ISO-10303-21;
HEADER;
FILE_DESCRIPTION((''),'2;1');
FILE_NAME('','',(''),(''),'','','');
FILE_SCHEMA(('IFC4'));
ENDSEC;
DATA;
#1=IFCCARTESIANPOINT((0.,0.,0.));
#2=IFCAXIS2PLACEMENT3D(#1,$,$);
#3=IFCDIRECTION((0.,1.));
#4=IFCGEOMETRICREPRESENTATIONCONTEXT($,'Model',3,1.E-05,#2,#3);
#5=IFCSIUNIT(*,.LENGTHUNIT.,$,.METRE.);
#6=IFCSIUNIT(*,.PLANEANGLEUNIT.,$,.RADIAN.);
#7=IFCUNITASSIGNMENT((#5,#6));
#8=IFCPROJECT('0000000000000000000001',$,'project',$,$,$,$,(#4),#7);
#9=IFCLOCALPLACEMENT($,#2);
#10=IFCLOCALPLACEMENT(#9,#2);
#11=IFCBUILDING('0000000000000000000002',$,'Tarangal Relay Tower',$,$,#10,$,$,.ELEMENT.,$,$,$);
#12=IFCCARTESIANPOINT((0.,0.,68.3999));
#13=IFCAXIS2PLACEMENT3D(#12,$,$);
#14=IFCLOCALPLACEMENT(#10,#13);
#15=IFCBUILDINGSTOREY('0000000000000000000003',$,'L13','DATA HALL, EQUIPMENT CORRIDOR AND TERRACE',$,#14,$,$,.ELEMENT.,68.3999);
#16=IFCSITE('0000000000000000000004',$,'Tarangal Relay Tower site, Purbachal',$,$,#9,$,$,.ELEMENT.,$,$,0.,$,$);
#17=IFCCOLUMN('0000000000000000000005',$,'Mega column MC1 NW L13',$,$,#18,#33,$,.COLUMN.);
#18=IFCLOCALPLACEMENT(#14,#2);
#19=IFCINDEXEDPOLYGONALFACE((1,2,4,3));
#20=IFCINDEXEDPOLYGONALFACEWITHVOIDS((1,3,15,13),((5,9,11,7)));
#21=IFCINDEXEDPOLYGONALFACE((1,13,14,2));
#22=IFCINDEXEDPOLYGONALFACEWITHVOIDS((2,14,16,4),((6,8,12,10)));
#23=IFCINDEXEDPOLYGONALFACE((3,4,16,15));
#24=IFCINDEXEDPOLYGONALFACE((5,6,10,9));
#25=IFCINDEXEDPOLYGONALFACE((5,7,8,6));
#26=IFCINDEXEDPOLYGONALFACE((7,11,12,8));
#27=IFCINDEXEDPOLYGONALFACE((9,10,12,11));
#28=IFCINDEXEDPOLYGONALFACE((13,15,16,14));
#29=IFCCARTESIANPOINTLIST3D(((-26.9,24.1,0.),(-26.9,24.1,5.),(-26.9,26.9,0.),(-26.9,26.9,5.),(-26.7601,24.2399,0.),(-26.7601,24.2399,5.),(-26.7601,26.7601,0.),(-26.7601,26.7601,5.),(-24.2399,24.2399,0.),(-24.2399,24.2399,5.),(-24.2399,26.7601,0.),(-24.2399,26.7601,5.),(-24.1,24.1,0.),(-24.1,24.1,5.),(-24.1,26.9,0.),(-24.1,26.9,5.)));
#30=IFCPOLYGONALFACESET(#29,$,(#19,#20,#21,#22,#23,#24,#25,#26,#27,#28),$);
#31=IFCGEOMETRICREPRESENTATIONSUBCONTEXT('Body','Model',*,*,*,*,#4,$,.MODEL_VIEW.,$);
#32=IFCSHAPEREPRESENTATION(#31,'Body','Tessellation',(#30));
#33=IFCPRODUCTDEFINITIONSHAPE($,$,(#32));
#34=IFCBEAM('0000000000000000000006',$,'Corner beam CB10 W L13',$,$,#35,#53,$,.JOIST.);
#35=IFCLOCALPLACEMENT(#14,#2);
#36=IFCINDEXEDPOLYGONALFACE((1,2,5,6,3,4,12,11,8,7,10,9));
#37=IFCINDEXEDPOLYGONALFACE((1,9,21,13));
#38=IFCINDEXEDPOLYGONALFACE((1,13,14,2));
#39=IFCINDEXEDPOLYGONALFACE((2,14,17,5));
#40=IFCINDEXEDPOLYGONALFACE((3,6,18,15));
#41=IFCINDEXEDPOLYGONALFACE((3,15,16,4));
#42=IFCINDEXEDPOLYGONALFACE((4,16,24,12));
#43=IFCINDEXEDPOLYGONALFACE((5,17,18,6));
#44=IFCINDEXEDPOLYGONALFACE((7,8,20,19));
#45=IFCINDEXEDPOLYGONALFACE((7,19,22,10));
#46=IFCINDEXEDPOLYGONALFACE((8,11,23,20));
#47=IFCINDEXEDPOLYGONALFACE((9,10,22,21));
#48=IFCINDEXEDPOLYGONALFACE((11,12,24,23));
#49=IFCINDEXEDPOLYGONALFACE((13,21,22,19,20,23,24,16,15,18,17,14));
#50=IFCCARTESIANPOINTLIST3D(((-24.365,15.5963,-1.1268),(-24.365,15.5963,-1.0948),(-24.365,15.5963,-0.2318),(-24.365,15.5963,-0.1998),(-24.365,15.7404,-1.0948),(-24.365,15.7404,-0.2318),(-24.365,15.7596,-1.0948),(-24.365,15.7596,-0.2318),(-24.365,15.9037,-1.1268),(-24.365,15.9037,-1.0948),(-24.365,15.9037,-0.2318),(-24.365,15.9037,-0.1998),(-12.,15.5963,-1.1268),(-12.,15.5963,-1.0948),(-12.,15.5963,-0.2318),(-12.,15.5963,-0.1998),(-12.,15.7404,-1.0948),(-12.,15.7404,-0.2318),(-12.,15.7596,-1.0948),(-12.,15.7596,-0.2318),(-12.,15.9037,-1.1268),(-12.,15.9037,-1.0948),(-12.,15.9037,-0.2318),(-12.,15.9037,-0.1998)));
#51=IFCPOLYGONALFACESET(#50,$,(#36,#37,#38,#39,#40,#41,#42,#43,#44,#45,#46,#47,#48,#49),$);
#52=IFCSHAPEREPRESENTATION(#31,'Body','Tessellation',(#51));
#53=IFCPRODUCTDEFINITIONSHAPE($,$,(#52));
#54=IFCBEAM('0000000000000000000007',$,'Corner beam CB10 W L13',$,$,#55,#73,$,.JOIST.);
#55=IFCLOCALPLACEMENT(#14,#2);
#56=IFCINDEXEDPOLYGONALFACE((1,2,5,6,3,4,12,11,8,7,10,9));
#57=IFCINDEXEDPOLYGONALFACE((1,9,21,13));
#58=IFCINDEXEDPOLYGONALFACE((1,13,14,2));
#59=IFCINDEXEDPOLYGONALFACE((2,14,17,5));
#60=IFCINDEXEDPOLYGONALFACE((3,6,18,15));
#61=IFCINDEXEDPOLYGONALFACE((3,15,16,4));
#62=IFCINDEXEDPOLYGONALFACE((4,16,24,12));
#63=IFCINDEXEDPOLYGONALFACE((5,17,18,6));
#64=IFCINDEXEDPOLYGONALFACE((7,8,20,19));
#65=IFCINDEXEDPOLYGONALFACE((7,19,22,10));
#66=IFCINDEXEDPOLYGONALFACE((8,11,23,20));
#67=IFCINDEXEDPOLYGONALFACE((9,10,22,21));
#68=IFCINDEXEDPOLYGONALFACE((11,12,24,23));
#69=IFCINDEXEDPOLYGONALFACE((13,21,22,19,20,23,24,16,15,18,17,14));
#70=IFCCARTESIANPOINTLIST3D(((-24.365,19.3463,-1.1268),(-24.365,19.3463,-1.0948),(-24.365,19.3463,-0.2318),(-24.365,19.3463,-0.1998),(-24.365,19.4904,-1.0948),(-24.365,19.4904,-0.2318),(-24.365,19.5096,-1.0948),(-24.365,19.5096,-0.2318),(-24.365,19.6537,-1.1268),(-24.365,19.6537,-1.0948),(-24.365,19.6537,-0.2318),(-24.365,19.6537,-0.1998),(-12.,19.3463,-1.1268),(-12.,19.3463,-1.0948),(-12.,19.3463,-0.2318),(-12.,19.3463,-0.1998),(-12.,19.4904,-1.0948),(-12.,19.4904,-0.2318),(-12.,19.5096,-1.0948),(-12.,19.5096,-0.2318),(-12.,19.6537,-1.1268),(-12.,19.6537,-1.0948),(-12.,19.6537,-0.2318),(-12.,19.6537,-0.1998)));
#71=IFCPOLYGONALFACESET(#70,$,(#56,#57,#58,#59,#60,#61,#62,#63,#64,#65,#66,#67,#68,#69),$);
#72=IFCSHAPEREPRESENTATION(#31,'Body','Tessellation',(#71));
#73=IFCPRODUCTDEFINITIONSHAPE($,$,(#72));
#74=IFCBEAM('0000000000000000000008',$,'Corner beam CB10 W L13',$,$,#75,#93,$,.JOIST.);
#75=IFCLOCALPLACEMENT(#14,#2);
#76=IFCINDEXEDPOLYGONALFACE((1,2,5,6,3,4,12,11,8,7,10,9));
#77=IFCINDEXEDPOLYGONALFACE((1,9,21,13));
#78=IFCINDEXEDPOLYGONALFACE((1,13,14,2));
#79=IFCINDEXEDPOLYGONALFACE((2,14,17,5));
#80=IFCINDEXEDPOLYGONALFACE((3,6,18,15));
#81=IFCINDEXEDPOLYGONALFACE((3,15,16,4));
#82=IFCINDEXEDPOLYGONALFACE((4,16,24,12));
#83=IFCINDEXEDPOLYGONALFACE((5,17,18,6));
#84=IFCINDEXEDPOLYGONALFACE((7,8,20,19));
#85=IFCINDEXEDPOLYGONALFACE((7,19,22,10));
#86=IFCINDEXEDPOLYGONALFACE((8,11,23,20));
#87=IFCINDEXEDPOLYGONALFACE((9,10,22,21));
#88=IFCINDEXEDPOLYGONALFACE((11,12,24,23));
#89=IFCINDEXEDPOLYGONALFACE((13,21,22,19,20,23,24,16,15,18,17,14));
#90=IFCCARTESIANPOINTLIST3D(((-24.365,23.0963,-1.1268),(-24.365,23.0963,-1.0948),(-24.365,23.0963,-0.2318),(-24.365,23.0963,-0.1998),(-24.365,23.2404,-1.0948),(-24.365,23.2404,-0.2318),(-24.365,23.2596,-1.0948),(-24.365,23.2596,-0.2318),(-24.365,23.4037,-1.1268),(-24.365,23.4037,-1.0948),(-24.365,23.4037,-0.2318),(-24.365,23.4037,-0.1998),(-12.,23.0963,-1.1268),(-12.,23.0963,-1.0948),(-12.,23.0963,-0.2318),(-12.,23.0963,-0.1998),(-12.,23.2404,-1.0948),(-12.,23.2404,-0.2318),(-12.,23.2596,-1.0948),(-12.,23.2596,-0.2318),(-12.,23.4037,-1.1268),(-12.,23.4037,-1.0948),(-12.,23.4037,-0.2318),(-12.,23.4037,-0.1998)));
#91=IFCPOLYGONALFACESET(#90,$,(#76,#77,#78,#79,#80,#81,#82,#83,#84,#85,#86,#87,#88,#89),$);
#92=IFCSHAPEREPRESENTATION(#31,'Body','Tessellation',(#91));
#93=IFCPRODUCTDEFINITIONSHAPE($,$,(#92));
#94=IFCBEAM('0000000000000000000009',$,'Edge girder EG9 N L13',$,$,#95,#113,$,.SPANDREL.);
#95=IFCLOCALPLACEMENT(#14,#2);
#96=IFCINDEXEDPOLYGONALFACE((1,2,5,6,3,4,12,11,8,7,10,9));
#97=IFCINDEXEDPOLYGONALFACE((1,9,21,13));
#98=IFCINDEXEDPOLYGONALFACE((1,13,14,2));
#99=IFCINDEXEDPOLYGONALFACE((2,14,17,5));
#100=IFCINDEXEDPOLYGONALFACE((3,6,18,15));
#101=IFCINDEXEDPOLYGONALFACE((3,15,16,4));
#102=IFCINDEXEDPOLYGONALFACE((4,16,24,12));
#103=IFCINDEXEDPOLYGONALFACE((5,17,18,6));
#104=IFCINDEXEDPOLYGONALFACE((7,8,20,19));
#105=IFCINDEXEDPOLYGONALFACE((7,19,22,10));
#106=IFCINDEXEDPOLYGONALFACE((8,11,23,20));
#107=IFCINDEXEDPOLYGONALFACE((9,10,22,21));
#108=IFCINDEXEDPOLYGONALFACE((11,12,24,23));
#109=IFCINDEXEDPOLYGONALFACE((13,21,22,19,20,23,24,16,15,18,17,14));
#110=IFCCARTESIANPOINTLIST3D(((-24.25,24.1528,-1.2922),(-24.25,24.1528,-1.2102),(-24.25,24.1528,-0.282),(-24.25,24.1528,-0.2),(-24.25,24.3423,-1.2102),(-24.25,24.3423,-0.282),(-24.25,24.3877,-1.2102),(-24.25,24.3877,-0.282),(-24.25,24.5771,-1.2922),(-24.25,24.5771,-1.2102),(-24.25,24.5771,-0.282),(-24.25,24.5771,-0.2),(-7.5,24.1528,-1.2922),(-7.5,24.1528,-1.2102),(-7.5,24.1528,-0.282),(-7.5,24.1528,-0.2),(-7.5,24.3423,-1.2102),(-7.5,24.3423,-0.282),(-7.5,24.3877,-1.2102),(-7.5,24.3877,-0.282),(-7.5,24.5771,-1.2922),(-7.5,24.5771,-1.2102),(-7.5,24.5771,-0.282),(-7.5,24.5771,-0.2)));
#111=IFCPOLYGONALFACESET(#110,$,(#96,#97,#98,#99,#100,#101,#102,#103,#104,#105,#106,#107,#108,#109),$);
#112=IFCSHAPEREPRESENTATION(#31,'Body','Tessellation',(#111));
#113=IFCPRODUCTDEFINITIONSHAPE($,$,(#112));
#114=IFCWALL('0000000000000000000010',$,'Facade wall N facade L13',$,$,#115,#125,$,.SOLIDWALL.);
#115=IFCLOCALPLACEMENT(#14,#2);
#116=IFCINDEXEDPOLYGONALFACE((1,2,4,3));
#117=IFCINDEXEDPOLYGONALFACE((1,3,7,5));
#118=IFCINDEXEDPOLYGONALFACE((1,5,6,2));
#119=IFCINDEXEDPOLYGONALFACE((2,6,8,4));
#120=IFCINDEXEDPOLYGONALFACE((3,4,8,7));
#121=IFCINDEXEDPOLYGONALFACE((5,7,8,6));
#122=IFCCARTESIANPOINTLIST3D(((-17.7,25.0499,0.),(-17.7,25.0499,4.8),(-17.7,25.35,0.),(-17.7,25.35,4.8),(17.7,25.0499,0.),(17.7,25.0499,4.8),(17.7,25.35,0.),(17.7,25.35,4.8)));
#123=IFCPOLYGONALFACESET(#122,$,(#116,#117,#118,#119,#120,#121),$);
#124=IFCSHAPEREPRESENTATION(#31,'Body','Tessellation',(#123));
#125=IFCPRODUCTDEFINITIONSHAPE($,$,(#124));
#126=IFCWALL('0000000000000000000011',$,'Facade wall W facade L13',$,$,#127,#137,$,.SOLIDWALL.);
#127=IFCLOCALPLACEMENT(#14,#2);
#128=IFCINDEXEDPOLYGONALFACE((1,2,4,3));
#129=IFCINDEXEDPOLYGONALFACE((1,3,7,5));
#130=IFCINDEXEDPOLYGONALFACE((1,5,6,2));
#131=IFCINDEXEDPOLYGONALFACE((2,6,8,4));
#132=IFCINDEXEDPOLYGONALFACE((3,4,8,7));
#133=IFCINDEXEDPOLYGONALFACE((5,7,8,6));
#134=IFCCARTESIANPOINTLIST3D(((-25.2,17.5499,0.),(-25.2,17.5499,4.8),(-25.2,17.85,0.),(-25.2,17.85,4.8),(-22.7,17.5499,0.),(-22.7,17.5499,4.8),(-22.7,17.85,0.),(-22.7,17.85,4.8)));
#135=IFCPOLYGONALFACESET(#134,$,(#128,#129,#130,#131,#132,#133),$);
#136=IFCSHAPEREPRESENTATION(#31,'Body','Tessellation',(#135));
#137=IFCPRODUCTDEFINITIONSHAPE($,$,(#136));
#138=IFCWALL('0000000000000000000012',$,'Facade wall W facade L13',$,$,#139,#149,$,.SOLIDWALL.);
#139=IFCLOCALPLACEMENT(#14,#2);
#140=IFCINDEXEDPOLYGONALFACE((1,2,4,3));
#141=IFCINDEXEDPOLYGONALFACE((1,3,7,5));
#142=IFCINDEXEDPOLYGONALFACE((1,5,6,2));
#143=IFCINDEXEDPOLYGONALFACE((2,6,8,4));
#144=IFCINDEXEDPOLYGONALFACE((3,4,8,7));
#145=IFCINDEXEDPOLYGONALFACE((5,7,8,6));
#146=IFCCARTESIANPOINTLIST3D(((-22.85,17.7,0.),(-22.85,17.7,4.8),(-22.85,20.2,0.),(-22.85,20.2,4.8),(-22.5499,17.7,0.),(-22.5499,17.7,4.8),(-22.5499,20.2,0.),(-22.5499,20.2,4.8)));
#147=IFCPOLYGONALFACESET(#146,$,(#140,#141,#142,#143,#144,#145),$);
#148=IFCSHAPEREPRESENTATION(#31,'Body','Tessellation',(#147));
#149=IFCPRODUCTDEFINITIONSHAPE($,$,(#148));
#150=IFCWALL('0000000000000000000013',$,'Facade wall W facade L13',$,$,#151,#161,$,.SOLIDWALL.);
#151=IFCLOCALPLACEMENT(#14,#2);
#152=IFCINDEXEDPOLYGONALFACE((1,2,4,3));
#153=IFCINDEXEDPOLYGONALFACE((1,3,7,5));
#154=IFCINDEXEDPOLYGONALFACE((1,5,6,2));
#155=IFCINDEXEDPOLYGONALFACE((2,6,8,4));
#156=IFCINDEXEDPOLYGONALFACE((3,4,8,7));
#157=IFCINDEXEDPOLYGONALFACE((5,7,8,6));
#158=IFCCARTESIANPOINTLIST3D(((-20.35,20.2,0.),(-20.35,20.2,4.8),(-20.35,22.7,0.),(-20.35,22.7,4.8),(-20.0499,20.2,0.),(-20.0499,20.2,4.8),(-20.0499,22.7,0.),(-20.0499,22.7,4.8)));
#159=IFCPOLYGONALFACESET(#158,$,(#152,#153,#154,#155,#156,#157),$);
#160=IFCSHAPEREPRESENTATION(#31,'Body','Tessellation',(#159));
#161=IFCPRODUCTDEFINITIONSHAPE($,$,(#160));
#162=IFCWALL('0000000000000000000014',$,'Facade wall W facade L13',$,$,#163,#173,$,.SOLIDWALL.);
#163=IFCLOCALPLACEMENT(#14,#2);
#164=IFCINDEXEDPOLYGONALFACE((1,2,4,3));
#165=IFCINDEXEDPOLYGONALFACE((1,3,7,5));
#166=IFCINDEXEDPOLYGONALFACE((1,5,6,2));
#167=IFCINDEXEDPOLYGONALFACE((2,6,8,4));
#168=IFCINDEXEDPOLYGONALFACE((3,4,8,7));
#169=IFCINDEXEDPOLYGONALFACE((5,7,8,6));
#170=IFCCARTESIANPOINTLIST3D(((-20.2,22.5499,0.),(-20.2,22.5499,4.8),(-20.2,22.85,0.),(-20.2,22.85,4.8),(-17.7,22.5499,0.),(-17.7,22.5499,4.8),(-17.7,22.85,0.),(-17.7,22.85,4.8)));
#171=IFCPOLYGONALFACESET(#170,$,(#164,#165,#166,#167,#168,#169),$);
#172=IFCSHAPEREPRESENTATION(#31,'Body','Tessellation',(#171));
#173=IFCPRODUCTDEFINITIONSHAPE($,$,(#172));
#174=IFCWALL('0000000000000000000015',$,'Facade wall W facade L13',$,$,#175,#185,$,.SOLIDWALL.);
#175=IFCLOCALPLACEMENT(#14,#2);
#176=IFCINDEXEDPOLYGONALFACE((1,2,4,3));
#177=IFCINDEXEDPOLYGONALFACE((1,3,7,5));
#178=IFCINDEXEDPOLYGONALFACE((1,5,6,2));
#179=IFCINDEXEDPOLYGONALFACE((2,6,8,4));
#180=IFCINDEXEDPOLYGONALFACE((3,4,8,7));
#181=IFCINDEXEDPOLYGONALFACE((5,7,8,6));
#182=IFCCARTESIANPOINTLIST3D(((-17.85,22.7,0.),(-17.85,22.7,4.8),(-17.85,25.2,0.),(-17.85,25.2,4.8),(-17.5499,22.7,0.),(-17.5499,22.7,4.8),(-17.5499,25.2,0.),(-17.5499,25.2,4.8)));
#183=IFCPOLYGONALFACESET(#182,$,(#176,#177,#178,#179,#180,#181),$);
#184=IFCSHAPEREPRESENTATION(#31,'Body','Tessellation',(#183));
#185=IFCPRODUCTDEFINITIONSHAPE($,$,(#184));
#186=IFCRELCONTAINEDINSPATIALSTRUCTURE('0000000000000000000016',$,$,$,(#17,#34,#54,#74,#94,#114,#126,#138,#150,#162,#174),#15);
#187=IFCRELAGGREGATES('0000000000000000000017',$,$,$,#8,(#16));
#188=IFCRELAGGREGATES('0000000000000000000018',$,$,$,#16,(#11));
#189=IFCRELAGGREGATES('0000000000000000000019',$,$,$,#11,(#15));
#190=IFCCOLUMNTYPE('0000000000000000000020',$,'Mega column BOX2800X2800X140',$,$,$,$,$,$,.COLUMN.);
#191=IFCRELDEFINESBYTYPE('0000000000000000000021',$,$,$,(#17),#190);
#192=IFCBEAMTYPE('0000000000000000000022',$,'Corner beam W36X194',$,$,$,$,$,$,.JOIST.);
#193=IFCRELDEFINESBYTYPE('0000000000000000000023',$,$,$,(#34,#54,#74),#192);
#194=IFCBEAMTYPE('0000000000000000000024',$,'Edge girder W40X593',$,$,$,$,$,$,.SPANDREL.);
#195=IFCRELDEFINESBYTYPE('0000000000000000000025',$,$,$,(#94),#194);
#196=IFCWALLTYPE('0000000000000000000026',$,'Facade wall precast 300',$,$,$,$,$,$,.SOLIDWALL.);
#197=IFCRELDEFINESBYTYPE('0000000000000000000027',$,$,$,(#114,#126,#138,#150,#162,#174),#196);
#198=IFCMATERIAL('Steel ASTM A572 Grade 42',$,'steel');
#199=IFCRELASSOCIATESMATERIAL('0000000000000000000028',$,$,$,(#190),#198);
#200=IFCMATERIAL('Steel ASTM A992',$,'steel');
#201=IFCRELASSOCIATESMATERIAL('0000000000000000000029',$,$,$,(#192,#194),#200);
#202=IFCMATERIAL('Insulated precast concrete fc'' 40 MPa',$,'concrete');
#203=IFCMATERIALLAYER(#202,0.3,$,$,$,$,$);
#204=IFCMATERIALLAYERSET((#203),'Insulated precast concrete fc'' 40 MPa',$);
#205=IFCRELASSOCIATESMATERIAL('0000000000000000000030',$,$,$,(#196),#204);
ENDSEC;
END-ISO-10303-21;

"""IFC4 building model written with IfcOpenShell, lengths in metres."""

from ifc_helpers import new_model, si_unit, direction, frame, frame_2d, origin, origin_2d, place, context, subcontext, project, spatial, rectangle, hollow_rectangle, i_section, extrude, material, layer, layer_set, material_profile, profile_set, type_object, element, save


model = new_model("IFC4")

# Units and contexts
model_context = context("Model", 3, precision=1e-05, world=origin(), true_north=direction((0.0, 1.0)))
body_context = subcontext(model_context, "Body", "Model", "MODEL_VIEW")
ifc_project = project(units=[si_unit("LENGTHUNIT", "METRE"), si_unit("PLANEANGLEUNIT", "RADIAN")], contexts=[model_context])

# Site, building, storey
site_placement = place(None, origin())
site = spatial("IfcSite", under=ifc_project, at=site_placement, Name="Tarangal Relay Tower site, Purbachal", CompositionType="ELEMENT", RefElevation=0.0)
building_placement = place(site_placement, origin())
building = spatial("IfcBuilding", under=site, at=building_placement, Name="Tarangal Relay Tower", CompositionType="ELEMENT")
storey_placement = place(building_placement, frame((0.0, 0.0, 68.3999)))
storey = spatial("IfcBuildingStorey", under=building, at=storey_placement, Name="L13", Description="DATA HALL, EQUIPMENT CORRIDOR AND TERRACE", CompositionType="ELEMENT", Elevation=68.3999)

# Column
ifc_material_1 = material(Name="Steel ASTM A572 Grade 42", Category="steel")
ifc_material_profile_1 = material_profile(ifc_material_1, hollow_rectangle(XDim=2.8, YDim=2.8, WallThickness=0.1399, at=origin_2d()), Name="BOX2800X2800X140")
ifc_profile_set_1 = profile_set([ifc_material_profile_1], Name="Steel ASTM A572 Grade 42")
column_type = type_object("IfcColumnType", Name="Mega column BOX2800X2800X140", PredefinedType="COLUMN", material=ifc_profile_set_1)
column_placement = place(storey_placement, frame((-25.5, 25.5, 0.0), z_axis=(0.0, 0.0, 1.0), x_axis=(1.0, 0.0, 0.0)))
element("IfcColumn", 1, at=column_placement, inside=storey, type_object=column_type, Name="Mega column MC1 NW L13", PredefinedType="COLUMN", context=body_context, shape_type="SweptSolid", body=[
    extrude(hollow_rectangle(XDim=2.8, YDim=2.8, WallThickness=0.1399, at=origin_2d()), origin(), (0.0, 0.0, 1.0), 5.0),
])

# Beams
ifc_material_2 = material(Name="Steel ASTM A992", Category="steel")
ifc_material_profile_2 = material_profile(ifc_material_2, i_section(OverallWidth=0.3074, OverallDepth=0.927, WebThickness=0.0193, FlangeThickness=0.032, at=origin_2d()), Name="W36X194")
ifc_profile_set_2 = profile_set([ifc_material_profile_2], Name="Steel ASTM A992")
beam_type_1 = type_object("IfcBeamType", Name="Corner beam W36X194", PredefinedType="JOIST", material=ifc_profile_set_2)
for number, where, z_axis, x_axis, name in (
    (2, (-12.0, 15.75, -0.6633), (-1.0, 0.0, 0.0), (0.0, -1.0, 0.0), "Corner beam CB10 W L13"),
    (3, (-12.0, 19.5, -0.6633), (-1.0, 0.0, 0.0), (0.0, -1.0, 0.0), "Corner beam CB10 W L13"),
    (4, (-12.0, 23.25, -0.6633), (-1.0, 0.0, 0.0), (0.0, -1.0, 0.0), "Corner beam CB10 W L13"),
):
    element("IfcBeam", number, at=place(storey_placement, frame(where, z_axis=z_axis, x_axis=x_axis)), inside=storey, type_object=beam_type_1, Name=name, PredefinedType="JOIST", context=body_context, shape_type="SweptSolid", body=[
        extrude(i_section(OverallWidth=0.3074, OverallDepth=0.927, WebThickness=0.0193, FlangeThickness=0.032, at=origin_2d()), origin(), (0.0, 0.0, 1.0), 12.365),
    ])
ifc_material_profile_3 = material_profile(ifc_material_2, i_section(OverallWidth=0.4243, OverallDepth=1.0923, WebThickness=0.0454, FlangeThickness=0.082, at=origin_2d()), Name="W40X593")
ifc_profile_set_3 = profile_set([ifc_material_profile_3], Name="Steel ASTM A992")
beam_type_2 = type_object("IfcBeamType", Name="Edge girder W40X593", PredefinedType="SPANDREL", material=ifc_profile_set_3)
beam_placement = place(storey_placement, frame((-24.25, 24.365, -0.7461), z_axis=(1.0, 0.0, 0.0), x_axis=(0.0, 1.0, 0.0)))
element("IfcBeam", 5, at=beam_placement, inside=storey, type_object=beam_type_2, Name="Edge girder EG9 N L13", PredefinedType="SPANDREL", context=body_context, shape_type="SweptSolid", body=[
    extrude(i_section(OverallWidth=0.4243, OverallDepth=1.0923, WebThickness=0.0454, FlangeThickness=0.082, at=origin_2d()), origin(), (0.0, 0.0, 1.0), 16.75),
])

# Walls
ifc_material_3 = material(Name="Insulated precast concrete fc' 40 MPa", Category="concrete")
ifc_layer_1 = layer(ifc_material_3, 0.3)
ifc_layer_set_1 = layer_set([ifc_layer_1], Name="Insulated precast concrete fc' 40 MPa")
wall_type_1 = type_object("IfcWallType", Name="Facade wall precast 300", PredefinedType="SOLIDWALL", material=ifc_layer_set_1)
wall_1_placement = place(storey_placement, frame((-17.7, 25.2, 0.0), z_axis=(0.0, 0.0, 1.0), x_axis=(1.0, 0.0, 0.0)))
element("IfcWall", 6, at=wall_1_placement, inside=storey, type_object=wall_type_1, Name="Facade wall N facade L13", PredefinedType="SOLIDWALL", context=body_context, shape_type="SweptSolid", body=[
    extrude(rectangle(XDim=35.3999, YDim=0.3, at=frame_2d((17.7, 0.0))), origin(), (0.0, 0.0, 1.0), 4.8),
])
for number, where, z_axis, x_axis, name in (
    (7, (-25.2, 17.7, 0.0), (0.0, 0.0, 1.0), (1.0, 0.0, 0.0), "Facade wall W facade L13"),
    (8, (-22.7, 17.7, 0.0), (0.0, 0.0, 1.0), (0.0, 1.0, 0.0), "Facade wall W facade L13"),
):
    element("IfcWall", number, at=place(storey_placement, frame(where, z_axis=z_axis, x_axis=x_axis)), inside=storey, type_object=wall_type_1, Name=name, PredefinedType="SOLIDWALL", context=body_context, shape_type="SweptSolid", body=[
        extrude(rectangle(XDim=2.5, YDim=0.3, at=frame_2d((1.25, 0.0))), origin(), (0.0, 0.0, 1.0), 4.8),
    ])

# Walls
for number, where, z_axis, x_axis, name in (
    (9, (-20.2, 20.2, 0.0), (0.0, 0.0, 1.0), (0.0, 1.0, 0.0), "Facade wall W facade L13"),
    (10, (-20.2, 22.7, 0.0), (0.0, 0.0, 1.0), (1.0, 0.0, 0.0), "Facade wall W facade L13"),
    (11, (-17.7, 22.7, 0.0), (0.0, 0.0, 1.0), (0.0, 1.0, 0.0), "Facade wall W facade L13"),
):
    element("IfcWall", number, at=place(storey_placement, frame(where, z_axis=z_axis, x_axis=x_axis)), inside=storey, type_object=wall_type_1, Name=name, PredefinedType="SOLIDWALL", context=body_context, shape_type="SweptSolid", body=[
        extrude(rectangle(XDim=2.5, YDim=0.3, at=frame_2d((1.25, 0.0))), origin(), (0.0, 0.0, 1.0), 4.8),
    ])

save(model, "model.ifc")
